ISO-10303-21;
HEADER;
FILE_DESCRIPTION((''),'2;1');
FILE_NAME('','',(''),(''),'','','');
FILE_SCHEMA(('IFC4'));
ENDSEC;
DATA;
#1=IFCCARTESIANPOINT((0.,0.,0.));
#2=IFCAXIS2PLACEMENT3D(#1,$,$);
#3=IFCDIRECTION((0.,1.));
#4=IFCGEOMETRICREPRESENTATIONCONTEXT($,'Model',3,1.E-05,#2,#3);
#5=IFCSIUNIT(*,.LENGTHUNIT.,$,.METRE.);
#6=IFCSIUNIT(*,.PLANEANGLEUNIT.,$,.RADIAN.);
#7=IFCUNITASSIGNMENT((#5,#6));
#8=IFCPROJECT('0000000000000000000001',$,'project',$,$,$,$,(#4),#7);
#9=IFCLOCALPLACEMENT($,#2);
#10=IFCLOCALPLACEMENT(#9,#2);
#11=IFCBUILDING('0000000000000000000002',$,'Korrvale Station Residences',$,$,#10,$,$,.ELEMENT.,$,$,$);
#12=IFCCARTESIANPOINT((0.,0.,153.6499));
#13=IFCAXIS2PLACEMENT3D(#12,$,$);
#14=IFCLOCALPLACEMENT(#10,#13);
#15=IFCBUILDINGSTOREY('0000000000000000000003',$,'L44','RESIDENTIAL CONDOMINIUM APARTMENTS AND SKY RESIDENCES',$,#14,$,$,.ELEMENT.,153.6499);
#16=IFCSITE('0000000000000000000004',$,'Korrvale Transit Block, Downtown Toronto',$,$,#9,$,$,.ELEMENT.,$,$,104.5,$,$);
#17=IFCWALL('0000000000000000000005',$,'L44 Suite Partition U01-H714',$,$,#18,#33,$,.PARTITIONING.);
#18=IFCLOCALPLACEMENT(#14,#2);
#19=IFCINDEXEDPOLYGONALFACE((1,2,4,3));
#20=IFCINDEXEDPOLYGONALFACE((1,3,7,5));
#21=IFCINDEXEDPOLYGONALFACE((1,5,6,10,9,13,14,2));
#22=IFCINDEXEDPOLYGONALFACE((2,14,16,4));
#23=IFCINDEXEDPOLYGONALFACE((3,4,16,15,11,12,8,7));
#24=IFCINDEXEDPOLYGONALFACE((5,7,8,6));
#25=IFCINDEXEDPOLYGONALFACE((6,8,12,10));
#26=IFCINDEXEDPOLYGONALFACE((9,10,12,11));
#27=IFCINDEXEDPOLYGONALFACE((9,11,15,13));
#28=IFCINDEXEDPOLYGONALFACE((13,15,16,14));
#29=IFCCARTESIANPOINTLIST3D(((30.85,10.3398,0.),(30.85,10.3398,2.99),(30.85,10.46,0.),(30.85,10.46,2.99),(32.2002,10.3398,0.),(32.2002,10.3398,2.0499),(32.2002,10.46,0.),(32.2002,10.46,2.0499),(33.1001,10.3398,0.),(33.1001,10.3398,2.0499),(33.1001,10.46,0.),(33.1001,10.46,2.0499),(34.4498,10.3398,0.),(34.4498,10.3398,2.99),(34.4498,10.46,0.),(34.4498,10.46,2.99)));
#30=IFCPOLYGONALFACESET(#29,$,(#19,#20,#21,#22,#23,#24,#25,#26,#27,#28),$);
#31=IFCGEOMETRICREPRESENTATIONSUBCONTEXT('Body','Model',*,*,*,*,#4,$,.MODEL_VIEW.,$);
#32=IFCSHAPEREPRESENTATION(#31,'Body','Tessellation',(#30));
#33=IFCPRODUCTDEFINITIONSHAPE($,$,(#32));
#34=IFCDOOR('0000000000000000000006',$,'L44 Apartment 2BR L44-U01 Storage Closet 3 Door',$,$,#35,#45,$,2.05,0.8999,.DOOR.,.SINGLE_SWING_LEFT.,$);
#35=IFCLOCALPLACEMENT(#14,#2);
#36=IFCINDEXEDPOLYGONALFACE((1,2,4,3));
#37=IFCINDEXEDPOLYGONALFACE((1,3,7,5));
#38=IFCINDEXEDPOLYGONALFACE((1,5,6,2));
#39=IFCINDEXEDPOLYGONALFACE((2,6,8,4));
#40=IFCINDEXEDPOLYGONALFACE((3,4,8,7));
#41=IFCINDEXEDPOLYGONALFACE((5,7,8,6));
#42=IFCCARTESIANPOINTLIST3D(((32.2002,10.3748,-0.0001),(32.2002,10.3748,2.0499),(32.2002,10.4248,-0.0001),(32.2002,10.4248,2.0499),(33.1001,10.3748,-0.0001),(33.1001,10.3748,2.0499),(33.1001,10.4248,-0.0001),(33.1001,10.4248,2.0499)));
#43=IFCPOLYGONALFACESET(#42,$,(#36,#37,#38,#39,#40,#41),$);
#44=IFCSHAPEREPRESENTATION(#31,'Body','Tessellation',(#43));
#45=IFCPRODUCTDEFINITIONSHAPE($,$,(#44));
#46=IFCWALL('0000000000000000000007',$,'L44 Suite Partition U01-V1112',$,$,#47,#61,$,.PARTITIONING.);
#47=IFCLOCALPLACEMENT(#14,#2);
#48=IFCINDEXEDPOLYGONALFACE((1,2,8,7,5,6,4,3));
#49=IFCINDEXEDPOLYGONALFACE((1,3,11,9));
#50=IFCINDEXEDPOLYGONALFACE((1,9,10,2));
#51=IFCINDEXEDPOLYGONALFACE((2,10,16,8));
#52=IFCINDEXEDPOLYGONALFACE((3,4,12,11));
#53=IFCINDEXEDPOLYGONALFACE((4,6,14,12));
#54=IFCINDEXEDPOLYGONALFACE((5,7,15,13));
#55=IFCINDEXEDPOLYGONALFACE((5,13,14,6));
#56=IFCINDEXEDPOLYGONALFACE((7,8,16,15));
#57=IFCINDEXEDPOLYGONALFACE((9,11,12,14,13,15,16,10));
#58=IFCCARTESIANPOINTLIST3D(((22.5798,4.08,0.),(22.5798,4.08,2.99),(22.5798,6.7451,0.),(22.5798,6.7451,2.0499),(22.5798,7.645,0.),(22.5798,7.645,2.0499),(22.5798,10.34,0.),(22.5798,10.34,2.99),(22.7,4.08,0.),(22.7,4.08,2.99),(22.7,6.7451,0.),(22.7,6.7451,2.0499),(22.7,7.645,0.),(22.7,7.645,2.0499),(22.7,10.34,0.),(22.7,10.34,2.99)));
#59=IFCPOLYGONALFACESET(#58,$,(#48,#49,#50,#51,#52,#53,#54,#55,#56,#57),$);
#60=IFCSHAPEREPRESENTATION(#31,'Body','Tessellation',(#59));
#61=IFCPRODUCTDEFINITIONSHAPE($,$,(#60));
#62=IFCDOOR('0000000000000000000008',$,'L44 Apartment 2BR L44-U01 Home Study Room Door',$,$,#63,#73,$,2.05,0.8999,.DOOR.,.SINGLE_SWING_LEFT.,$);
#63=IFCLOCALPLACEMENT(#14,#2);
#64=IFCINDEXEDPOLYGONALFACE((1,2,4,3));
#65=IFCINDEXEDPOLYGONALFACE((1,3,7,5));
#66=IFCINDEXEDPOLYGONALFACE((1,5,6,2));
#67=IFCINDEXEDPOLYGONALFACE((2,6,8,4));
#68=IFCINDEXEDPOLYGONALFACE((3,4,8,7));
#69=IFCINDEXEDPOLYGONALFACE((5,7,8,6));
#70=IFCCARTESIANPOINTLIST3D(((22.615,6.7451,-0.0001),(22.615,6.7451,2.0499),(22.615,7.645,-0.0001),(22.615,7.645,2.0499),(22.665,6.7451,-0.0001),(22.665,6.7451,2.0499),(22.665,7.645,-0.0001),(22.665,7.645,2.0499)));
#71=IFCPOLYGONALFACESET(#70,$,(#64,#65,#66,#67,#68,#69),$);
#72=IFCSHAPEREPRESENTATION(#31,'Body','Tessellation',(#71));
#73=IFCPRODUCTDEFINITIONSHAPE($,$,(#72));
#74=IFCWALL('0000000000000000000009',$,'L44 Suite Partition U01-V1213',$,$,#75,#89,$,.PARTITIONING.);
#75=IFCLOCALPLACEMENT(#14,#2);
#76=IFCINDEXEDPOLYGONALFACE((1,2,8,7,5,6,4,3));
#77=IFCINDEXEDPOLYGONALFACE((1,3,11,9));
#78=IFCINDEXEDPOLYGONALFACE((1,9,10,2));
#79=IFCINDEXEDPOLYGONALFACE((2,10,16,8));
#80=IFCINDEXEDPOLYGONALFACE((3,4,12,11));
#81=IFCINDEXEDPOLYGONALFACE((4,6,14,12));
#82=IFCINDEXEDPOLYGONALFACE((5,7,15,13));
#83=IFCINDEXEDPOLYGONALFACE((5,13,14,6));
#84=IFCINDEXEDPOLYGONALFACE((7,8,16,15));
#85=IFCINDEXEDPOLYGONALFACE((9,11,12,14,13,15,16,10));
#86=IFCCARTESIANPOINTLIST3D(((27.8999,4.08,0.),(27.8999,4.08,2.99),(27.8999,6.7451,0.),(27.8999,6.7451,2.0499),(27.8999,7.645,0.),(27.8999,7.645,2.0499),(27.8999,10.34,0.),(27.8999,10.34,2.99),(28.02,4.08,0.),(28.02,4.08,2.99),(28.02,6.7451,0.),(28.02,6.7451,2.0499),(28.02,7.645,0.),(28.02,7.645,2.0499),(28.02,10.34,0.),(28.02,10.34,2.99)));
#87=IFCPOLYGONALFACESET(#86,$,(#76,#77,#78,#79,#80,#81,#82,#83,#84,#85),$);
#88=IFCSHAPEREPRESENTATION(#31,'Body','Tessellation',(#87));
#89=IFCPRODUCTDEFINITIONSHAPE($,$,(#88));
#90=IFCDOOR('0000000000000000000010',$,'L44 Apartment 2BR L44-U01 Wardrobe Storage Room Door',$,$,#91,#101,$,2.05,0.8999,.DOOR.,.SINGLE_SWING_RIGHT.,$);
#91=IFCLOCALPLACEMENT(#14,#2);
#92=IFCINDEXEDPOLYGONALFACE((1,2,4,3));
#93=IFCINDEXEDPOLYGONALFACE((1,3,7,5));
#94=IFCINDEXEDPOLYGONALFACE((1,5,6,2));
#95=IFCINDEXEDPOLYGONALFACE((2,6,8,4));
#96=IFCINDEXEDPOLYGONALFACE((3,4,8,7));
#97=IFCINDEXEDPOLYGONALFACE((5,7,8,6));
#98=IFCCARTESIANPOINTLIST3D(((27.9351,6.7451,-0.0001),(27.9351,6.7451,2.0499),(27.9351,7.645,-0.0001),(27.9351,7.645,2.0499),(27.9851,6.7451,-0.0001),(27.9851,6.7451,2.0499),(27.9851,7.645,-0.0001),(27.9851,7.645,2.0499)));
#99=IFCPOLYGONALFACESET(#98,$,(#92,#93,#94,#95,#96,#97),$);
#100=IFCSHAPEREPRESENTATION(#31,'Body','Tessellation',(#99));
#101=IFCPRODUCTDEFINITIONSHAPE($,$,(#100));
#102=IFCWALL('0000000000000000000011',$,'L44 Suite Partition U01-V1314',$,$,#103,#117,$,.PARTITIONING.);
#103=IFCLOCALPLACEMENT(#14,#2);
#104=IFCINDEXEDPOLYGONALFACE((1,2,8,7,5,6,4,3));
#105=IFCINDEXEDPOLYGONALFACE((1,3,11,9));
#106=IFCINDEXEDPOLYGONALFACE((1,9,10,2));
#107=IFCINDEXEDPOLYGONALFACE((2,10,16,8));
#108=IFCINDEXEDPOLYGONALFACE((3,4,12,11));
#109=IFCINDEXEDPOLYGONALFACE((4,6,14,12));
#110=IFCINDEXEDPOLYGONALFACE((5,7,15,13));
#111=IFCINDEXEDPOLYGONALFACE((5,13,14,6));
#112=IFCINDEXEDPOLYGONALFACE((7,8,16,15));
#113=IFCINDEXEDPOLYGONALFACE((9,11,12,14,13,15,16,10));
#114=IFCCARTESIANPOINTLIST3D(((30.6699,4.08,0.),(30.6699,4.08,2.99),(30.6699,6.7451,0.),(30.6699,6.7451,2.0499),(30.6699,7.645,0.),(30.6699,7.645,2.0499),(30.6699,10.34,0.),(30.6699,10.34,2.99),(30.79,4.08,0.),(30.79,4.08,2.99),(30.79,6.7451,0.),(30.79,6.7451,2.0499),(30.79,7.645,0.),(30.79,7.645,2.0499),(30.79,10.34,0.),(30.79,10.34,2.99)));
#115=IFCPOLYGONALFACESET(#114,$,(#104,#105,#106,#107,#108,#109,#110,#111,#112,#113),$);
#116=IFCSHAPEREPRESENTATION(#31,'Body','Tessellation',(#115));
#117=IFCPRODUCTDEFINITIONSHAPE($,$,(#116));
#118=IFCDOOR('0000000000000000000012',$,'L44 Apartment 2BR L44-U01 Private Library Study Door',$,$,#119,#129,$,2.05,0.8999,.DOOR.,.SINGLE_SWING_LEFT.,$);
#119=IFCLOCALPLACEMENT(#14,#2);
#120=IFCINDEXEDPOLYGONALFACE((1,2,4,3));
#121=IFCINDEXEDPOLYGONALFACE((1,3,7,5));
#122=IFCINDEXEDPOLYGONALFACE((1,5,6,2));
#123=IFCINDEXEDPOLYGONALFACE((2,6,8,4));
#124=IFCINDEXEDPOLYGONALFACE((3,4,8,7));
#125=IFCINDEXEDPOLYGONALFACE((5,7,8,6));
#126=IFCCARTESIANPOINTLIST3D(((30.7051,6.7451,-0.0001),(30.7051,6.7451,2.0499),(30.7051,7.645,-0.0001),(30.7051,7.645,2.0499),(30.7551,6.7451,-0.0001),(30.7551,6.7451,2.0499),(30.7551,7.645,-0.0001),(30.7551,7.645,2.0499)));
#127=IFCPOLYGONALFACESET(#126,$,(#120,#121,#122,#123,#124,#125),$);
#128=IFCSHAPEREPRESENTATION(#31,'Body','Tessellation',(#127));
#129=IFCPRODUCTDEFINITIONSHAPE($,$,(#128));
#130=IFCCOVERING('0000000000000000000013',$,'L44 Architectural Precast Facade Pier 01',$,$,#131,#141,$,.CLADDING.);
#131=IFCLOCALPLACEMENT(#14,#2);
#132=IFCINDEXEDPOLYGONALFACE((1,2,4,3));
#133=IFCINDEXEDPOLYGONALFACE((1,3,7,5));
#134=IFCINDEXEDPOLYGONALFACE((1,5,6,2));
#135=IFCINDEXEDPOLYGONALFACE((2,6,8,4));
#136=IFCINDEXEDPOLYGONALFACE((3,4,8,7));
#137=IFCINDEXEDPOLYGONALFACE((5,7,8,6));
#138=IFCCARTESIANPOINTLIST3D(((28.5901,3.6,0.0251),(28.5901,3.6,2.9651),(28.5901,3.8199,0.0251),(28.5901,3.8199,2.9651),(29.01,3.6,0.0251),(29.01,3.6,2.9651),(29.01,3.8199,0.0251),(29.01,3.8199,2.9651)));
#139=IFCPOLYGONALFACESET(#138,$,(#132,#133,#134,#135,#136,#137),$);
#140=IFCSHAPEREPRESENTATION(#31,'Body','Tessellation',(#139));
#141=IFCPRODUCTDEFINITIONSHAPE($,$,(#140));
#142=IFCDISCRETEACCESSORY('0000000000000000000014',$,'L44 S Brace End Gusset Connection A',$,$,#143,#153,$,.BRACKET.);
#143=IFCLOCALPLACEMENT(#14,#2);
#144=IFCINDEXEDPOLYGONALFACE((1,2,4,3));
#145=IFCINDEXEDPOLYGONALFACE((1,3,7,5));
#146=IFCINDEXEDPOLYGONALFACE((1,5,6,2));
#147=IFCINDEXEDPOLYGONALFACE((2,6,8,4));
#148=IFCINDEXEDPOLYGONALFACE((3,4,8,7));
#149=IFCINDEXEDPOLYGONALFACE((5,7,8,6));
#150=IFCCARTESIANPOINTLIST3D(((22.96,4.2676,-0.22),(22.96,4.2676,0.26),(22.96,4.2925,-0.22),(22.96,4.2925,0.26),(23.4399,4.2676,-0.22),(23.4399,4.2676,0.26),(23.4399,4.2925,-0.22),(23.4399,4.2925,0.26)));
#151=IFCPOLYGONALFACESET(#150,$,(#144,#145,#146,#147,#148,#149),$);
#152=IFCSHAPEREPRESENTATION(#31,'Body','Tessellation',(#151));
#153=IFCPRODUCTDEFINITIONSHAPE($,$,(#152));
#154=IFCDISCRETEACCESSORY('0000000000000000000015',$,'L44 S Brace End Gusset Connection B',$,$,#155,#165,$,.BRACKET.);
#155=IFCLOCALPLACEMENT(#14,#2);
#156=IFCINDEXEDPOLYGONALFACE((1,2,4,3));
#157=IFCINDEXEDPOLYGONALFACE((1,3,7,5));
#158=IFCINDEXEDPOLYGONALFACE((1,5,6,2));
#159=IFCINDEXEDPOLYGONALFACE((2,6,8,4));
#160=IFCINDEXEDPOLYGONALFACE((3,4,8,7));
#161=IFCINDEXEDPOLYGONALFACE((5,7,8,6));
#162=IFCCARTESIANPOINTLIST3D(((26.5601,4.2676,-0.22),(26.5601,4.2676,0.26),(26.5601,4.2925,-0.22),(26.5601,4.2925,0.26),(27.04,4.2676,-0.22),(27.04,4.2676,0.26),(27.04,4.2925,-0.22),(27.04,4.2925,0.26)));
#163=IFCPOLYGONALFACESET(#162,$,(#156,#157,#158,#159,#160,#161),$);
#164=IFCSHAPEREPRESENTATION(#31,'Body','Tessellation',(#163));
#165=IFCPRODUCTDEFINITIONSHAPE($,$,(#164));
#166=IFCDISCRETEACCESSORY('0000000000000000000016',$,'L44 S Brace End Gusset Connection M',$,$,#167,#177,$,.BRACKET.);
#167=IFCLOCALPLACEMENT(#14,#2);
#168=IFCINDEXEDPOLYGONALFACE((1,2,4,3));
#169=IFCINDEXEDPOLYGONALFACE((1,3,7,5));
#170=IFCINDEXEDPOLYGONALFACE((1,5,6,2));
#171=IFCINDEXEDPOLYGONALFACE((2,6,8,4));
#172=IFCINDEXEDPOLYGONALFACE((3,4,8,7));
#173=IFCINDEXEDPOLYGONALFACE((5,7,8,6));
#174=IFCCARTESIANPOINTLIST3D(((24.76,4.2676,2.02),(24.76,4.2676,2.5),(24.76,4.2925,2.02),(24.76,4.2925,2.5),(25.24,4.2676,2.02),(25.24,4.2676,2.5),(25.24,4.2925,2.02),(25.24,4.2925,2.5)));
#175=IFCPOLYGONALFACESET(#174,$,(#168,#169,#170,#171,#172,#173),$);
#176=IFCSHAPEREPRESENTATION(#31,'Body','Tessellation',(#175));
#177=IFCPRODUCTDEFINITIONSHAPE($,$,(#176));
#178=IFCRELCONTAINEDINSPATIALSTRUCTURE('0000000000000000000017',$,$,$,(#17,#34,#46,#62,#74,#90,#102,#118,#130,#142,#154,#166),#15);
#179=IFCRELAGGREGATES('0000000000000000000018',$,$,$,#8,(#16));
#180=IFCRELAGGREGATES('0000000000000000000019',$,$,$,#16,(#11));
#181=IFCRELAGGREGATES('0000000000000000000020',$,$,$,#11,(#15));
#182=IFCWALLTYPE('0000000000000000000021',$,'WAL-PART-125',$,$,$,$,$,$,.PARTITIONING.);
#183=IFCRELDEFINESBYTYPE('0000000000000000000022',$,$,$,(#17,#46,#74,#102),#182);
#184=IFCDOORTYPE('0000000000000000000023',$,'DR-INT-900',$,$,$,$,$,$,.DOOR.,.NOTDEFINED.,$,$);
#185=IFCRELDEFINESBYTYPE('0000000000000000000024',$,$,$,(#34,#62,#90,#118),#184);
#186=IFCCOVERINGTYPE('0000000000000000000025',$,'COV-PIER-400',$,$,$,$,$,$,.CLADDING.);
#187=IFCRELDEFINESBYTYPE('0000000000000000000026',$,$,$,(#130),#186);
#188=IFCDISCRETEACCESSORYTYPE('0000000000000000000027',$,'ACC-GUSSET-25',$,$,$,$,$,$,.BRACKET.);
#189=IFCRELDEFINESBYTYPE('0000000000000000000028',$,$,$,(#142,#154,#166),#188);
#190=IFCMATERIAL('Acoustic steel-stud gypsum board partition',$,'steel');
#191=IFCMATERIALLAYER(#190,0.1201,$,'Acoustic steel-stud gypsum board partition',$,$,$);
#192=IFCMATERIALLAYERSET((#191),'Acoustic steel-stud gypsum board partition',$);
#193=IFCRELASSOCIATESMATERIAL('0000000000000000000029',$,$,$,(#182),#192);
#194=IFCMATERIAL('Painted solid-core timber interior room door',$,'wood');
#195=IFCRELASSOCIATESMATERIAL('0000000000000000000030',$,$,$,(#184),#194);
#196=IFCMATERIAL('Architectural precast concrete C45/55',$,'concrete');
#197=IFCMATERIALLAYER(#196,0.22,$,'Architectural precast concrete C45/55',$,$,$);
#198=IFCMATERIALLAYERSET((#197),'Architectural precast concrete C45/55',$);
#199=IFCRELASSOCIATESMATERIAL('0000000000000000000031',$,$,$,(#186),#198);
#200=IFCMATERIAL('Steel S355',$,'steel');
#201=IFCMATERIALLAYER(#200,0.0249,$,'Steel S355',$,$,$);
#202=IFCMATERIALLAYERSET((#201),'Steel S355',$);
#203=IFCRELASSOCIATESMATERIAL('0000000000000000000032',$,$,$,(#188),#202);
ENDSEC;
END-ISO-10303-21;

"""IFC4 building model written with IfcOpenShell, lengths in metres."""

from ifc_helpers import new_model, si_unit, direction, frame, frame_2d, origin, origin_2d, place, context, subcontext, project, spatial, rectangle, extrude, material, layer, layer_set, type_object, element, fill, save


model = new_model("IFC4")

# Units and contexts
model_context = context("Model", 3, precision=1e-05, world=origin(), true_north=direction((0.0, 1.0)))
body_context = subcontext(model_context, "Body", "Model", "MODEL_VIEW")
ifc_project = project(units=[si_unit("LENGTHUNIT", "METRE"), si_unit("PLANEANGLEUNIT", "RADIAN")], contexts=[model_context])

# Site, building, storey
site_placement = place(None, origin())
site = spatial("IfcSite", under=ifc_project, at=site_placement, Name="Korrvale Transit Block, Downtown Toronto", CompositionType="ELEMENT", RefElevation=104.5)
building_placement = place(site_placement, origin())
building = spatial("IfcBuilding", under=site, at=building_placement, Name="Korrvale Station Residences", CompositionType="ELEMENT")
storey_placement = place(building_placement, frame((0.0, 0.0, 153.6499)))
storey = spatial("IfcBuildingStorey", under=building, at=storey_placement, Name="L44", Description="RESIDENTIAL CONDOMINIUM APARTMENTS AND SKY RESIDENCES", CompositionType="ELEMENT", Elevation=153.6499)

# Shared definitions
ifc_material_1 = material(Name="Steel S355", Category="steel")

# Shared definitions
ifc_material_2 = material(Name="Acoustic steel-stud gypsum board partition", Category="steel")
ifc_layer_1 = layer(ifc_material_2, 0.1201, Name="Acoustic steel-stud gypsum board partition")
ifc_layer_set_1 = layer_set([ifc_layer_1], Name="Acoustic steel-stud gypsum board partition")
wall_type = type_object("IfcWallType", Name="WAL-PART-125", PredefinedType="PARTITIONING", material=ifc_layer_set_1)
ifc_material_3 = material(Name="Painted solid-core timber interior room door", Category="wood")
door_type = type_object("IfcDoorType", Name="DR-INT-900", OperationType="NOTDEFINED", PredefinedType="DOOR", material=ifc_material_3)

# Walls, openings, doors
wall_1_placement = place(storey_placement, frame((30.8501, 10.3999, 0.0), z_axis=(0.0, 0.0, 1.0), x_axis=(1.0, 0.0, 0.0)))
wall_1 = element("IfcWall", 1, at=wall_1_placement, inside=storey, type_object=wall_type, Name="L44 Suite Partition U01-H714", PredefinedType="PARTITIONING", context=body_context, shape_type="SweptSolid", body=[
    extrude(rectangle(XDim=3.5999, YDim=0.1201, at=frame_2d((1.7998, 0.0))), origin(), (0.0, 0.0, 1.0), 2.99),
])
opening_1_placement = place(wall_1_placement, frame((1.3501, 0.0, 0.0)))
opening_1 = element("IfcOpeningElement", 2, at=opening_1_placement, cuts=wall_1, PredefinedType="OPENING", context=body_context, shape_type="SweptSolid", body=[
    extrude(rectangle(XDim=0.8999, YDim=2.05, at=frame_2d((0.45, 1.0249))), frame((0.0, 0.0701, 0.0), z_axis=(0.0, -1.0, 0.0), x_axis=(1.0, 0.0, 0.0)), (0.0, 0.0, 1.0), 0.1401),
])
door_1_placement = place(opening_1_placement, origin())
door_1 = element("IfcDoor", 3, at=door_1_placement, inside=storey, type_object=door_type, Name="L44 Apartment 2BR L44-U01 Storage Closet 3 Door", OperationType="SINGLE_SWING_LEFT", OverallHeight=2.05, OverallWidth=0.8999, PredefinedType="DOOR", context=body_context, shape_type="SweptSolid", body=[
    extrude(rectangle(XDim=0.8999, YDim=2.05, at=frame_2d((0.45, 1.0249))), frame((0.0, 0.0249, 0.0), z_axis=(0.0, -1.0, 0.0), x_axis=(1.0, 0.0, 0.0)), (0.0, 0.0, 1.0), 0.05),
])
fill(opening_1, door_1)
wall_2_placement = place(storey_placement, frame((22.6399, 4.0801, 0.0), z_axis=(0.0, 0.0, 1.0), x_axis=(0.0, 1.0, 0.0)))
wall_2 = element("IfcWall", 4, at=wall_2_placement, inside=storey, type_object=wall_type, Name="L44 Suite Partition U01-V1112", PredefinedType="PARTITIONING", context=body_context, shape_type="SweptSolid", body=[
    extrude(rectangle(XDim=6.26, YDim=0.1201, at=frame_2d((3.1299, 0.0))), origin(), (0.0, 0.0, 1.0), 2.99),
])
opening_2_placement = place(wall_2_placement, frame((2.665, 0.0, 0.0)))
opening_2 = element("IfcOpeningElement", 5, at=opening_2_placement, cuts=wall_2, PredefinedType="OPENING", context=body_context, shape_type="SweptSolid", body=[
    extrude(rectangle(XDim=0.8999, YDim=2.05, at=frame_2d((0.45, 1.0249))), frame((0.0, 0.0701, 0.0), z_axis=(0.0, -1.0, 0.0), x_axis=(1.0, 0.0, 0.0)), (0.0, 0.0, 1.0), 0.1401),
])
door_2_placement = place(opening_2_placement, origin())
door_2 = element("IfcDoor", 6, at=door_2_placement, inside=storey, type_object=door_type, Name="L44 Apartment 2BR L44-U01 Home Study Room Door", OperationType="SINGLE_SWING_LEFT", OverallHeight=2.05, OverallWidth=0.8999, PredefinedType="DOOR", context=body_context, shape_type="SweptSolid", body=[
    extrude(rectangle(XDim=0.8999, YDim=2.05, at=frame_2d((0.45, 1.0249))), frame((0.0, 0.0249, 0.0), z_axis=(0.0, -1.0, 0.0), x_axis=(1.0, 0.0, 0.0)), (0.0, 0.0, 1.0), 0.05),
])
fill(opening_2, door_2)
wall_3_placement = place(storey_placement, frame((27.96, 4.0801, 0.0), z_axis=(0.0, 0.0, 1.0), x_axis=(0.0, 1.0, 0.0)))
wall_3 = element("IfcWall", 7, at=wall_3_placement, inside=storey, type_object=wall_type, Name="L44 Suite Partition U01-V1213", PredefinedType="PARTITIONING", context=body_context, shape_type="SweptSolid", body=[
    extrude(rectangle(XDim=6.26, YDim=0.1201, at=frame_2d((3.1299, 0.0))), origin(), (0.0, 0.0, 1.0), 2.99),
])
opening_3_placement = place(wall_3_placement, frame((2.665, 0.0, 0.0)))
opening_3 = element("IfcOpeningElement", 8, at=opening_3_placement, cuts=wall_3, PredefinedType="OPENING", context=body_context, shape_type="SweptSolid", body=[
    extrude(rectangle(XDim=0.8999, YDim=2.05, at=frame_2d((0.45, 1.0249))), frame((0.0, 0.0701, 0.0), z_axis=(0.0, -1.0, 0.0), x_axis=(1.0, 0.0, 0.0)), (0.0, 0.0, 1.0), 0.1401),
])
door_3_placement = place(opening_3_placement, origin())
door_3 = element("IfcDoor", 9, at=door_3_placement, inside=storey, type_object=door_type, Name="L44 Apartment 2BR L44-U01 Wardrobe Storage Room Door", OperationType="SINGLE_SWING_RIGHT", OverallHeight=2.05, OverallWidth=0.8999, PredefinedType="DOOR", context=body_context, shape_type="SweptSolid", body=[
    extrude(rectangle(XDim=0.8999, YDim=2.05, at=frame_2d((0.45, 1.0249))), frame((0.0, 0.0249, 0.0), z_axis=(0.0, -1.0, 0.0), x_axis=(1.0, 0.0, 0.0)), (0.0, 0.0, 1.0), 0.05),
])
fill(opening_3, door_3)
wall_4_placement = place(storey_placement, frame((30.73, 4.0801, 0.0), z_axis=(0.0, 0.0, 1.0), x_axis=(0.0, 1.0, 0.0)))
wall_4 = element("IfcWall", 10, at=wall_4_placement, inside=storey, type_object=wall_type, Name="L44 Suite Partition U01-V1314", PredefinedType="PARTITIONING", context=body_context, shape_type="SweptSolid", body=[
    extrude(rectangle(XDim=6.26, YDim=0.1201, at=frame_2d((3.1299, 0.0))), origin(), (0.0, 0.0, 1.0), 2.99),
])
opening_4_placement = place(wall_4_placement, frame((2.665, 0.0, 0.0)))
opening_4 = element("IfcOpeningElement", 11, at=opening_4_placement, cuts=wall_4, PredefinedType="OPENING", context=body_context, shape_type="SweptSolid", body=[
    extrude(rectangle(XDim=0.8999, YDim=2.05, at=frame_2d((0.45, 1.0249))), frame((0.0, 0.0701, 0.0), z_axis=(0.0, -1.0, 0.0), x_axis=(1.0, 0.0, 0.0)), (0.0, 0.0, 1.0), 0.1401),
])
door_4_placement = place(opening_4_placement, origin())
door_4 = element("IfcDoor", 12, at=door_4_placement, inside=storey, type_object=door_type, Name="L44 Apartment 2BR L44-U01 Private Library Study Door", OperationType="SINGLE_SWING_LEFT", OverallHeight=2.05, OverallWidth=0.8999, PredefinedType="DOOR", context=body_context, shape_type="SweptSolid", body=[
    extrude(rectangle(XDim=0.8999, YDim=2.05, at=frame_2d((0.45, 1.0249))), frame((0.0, 0.0249, 0.0), z_axis=(0.0, -1.0, 0.0), x_axis=(1.0, 0.0, 0.0)), (0.0, 0.0, 1.0), 0.05),
])
fill(opening_4, door_4)

# Covering
ifc_material_4 = material(Name="Architectural precast concrete C45/55", Category="concrete")
ifc_layer_2 = layer(ifc_material_4, 0.22, Name="Architectural precast concrete C45/55")
ifc_layer_set_2 = layer_set([ifc_layer_2], Name="Architectural precast concrete C45/55")
covering_type = type_object("IfcCoveringType", Name="COV-PIER-400", PredefinedType="CLADDING", material=ifc_layer_set_2)
covering_placement = place(storey_placement, frame((28.8, 3.71, 0.0251), z_axis=(0.0, 0.0, 1.0), x_axis=(1.0, 0.0, 0.0)))
element("IfcCovering", 13, at=covering_placement, inside=storey, type_object=covering_type, Name="L44 Architectural Precast Facade Pier 01", PredefinedType="CLADDING", context=body_context, shape_type="SweptSolid", body=[
    extrude(rectangle(XDim=0.4199, YDim=0.22, at=origin_2d()), origin(), (0.0, 0.0, 1.0), 2.9399),
])

# Discrete accessories
ifc_layer_3 = layer(ifc_material_1, 0.0249, Name="Steel S355")
ifc_layer_set_3 = layer_set([ifc_layer_3], Name="Steel S355")
discrete_accessory_type = type_object("IfcDiscreteAccessoryType", Name="ACC-GUSSET-25", PredefinedType="BRACKET", material=ifc_layer_set_3)
for number, where, z_axis, x_axis, name in (
    (14, (23.2, 4.28, -0.22), (0.0, 0.0, 1.0), (1.0, 0.0, 0.0), "L44 S Brace End Gusset Connection A"),
    (15, (26.8, 4.28, -0.22), (0.0, 0.0, 1.0), (1.0, 0.0, 0.0), "L44 S Brace End Gusset Connection B"),
    (16, (25.0, 4.28, 2.02), (0.0, 0.0, 1.0), (1.0, 0.0, 0.0), "L44 S Brace End Gusset Connection M"),
):
    element("IfcDiscreteAccessory", number, at=place(storey_placement, frame(where, z_axis=z_axis, x_axis=x_axis)), inside=storey, type_object=discrete_accessory_type, Name=name, PredefinedType="BRACKET", context=body_context, shape_type="SweptSolid", body=[
        extrude(rectangle(XDim=0.48, YDim=0.0249, at=origin_2d()), origin(), (0.0, 0.0, 1.0), 0.48),
    ])

save(model, "model.ifc")
